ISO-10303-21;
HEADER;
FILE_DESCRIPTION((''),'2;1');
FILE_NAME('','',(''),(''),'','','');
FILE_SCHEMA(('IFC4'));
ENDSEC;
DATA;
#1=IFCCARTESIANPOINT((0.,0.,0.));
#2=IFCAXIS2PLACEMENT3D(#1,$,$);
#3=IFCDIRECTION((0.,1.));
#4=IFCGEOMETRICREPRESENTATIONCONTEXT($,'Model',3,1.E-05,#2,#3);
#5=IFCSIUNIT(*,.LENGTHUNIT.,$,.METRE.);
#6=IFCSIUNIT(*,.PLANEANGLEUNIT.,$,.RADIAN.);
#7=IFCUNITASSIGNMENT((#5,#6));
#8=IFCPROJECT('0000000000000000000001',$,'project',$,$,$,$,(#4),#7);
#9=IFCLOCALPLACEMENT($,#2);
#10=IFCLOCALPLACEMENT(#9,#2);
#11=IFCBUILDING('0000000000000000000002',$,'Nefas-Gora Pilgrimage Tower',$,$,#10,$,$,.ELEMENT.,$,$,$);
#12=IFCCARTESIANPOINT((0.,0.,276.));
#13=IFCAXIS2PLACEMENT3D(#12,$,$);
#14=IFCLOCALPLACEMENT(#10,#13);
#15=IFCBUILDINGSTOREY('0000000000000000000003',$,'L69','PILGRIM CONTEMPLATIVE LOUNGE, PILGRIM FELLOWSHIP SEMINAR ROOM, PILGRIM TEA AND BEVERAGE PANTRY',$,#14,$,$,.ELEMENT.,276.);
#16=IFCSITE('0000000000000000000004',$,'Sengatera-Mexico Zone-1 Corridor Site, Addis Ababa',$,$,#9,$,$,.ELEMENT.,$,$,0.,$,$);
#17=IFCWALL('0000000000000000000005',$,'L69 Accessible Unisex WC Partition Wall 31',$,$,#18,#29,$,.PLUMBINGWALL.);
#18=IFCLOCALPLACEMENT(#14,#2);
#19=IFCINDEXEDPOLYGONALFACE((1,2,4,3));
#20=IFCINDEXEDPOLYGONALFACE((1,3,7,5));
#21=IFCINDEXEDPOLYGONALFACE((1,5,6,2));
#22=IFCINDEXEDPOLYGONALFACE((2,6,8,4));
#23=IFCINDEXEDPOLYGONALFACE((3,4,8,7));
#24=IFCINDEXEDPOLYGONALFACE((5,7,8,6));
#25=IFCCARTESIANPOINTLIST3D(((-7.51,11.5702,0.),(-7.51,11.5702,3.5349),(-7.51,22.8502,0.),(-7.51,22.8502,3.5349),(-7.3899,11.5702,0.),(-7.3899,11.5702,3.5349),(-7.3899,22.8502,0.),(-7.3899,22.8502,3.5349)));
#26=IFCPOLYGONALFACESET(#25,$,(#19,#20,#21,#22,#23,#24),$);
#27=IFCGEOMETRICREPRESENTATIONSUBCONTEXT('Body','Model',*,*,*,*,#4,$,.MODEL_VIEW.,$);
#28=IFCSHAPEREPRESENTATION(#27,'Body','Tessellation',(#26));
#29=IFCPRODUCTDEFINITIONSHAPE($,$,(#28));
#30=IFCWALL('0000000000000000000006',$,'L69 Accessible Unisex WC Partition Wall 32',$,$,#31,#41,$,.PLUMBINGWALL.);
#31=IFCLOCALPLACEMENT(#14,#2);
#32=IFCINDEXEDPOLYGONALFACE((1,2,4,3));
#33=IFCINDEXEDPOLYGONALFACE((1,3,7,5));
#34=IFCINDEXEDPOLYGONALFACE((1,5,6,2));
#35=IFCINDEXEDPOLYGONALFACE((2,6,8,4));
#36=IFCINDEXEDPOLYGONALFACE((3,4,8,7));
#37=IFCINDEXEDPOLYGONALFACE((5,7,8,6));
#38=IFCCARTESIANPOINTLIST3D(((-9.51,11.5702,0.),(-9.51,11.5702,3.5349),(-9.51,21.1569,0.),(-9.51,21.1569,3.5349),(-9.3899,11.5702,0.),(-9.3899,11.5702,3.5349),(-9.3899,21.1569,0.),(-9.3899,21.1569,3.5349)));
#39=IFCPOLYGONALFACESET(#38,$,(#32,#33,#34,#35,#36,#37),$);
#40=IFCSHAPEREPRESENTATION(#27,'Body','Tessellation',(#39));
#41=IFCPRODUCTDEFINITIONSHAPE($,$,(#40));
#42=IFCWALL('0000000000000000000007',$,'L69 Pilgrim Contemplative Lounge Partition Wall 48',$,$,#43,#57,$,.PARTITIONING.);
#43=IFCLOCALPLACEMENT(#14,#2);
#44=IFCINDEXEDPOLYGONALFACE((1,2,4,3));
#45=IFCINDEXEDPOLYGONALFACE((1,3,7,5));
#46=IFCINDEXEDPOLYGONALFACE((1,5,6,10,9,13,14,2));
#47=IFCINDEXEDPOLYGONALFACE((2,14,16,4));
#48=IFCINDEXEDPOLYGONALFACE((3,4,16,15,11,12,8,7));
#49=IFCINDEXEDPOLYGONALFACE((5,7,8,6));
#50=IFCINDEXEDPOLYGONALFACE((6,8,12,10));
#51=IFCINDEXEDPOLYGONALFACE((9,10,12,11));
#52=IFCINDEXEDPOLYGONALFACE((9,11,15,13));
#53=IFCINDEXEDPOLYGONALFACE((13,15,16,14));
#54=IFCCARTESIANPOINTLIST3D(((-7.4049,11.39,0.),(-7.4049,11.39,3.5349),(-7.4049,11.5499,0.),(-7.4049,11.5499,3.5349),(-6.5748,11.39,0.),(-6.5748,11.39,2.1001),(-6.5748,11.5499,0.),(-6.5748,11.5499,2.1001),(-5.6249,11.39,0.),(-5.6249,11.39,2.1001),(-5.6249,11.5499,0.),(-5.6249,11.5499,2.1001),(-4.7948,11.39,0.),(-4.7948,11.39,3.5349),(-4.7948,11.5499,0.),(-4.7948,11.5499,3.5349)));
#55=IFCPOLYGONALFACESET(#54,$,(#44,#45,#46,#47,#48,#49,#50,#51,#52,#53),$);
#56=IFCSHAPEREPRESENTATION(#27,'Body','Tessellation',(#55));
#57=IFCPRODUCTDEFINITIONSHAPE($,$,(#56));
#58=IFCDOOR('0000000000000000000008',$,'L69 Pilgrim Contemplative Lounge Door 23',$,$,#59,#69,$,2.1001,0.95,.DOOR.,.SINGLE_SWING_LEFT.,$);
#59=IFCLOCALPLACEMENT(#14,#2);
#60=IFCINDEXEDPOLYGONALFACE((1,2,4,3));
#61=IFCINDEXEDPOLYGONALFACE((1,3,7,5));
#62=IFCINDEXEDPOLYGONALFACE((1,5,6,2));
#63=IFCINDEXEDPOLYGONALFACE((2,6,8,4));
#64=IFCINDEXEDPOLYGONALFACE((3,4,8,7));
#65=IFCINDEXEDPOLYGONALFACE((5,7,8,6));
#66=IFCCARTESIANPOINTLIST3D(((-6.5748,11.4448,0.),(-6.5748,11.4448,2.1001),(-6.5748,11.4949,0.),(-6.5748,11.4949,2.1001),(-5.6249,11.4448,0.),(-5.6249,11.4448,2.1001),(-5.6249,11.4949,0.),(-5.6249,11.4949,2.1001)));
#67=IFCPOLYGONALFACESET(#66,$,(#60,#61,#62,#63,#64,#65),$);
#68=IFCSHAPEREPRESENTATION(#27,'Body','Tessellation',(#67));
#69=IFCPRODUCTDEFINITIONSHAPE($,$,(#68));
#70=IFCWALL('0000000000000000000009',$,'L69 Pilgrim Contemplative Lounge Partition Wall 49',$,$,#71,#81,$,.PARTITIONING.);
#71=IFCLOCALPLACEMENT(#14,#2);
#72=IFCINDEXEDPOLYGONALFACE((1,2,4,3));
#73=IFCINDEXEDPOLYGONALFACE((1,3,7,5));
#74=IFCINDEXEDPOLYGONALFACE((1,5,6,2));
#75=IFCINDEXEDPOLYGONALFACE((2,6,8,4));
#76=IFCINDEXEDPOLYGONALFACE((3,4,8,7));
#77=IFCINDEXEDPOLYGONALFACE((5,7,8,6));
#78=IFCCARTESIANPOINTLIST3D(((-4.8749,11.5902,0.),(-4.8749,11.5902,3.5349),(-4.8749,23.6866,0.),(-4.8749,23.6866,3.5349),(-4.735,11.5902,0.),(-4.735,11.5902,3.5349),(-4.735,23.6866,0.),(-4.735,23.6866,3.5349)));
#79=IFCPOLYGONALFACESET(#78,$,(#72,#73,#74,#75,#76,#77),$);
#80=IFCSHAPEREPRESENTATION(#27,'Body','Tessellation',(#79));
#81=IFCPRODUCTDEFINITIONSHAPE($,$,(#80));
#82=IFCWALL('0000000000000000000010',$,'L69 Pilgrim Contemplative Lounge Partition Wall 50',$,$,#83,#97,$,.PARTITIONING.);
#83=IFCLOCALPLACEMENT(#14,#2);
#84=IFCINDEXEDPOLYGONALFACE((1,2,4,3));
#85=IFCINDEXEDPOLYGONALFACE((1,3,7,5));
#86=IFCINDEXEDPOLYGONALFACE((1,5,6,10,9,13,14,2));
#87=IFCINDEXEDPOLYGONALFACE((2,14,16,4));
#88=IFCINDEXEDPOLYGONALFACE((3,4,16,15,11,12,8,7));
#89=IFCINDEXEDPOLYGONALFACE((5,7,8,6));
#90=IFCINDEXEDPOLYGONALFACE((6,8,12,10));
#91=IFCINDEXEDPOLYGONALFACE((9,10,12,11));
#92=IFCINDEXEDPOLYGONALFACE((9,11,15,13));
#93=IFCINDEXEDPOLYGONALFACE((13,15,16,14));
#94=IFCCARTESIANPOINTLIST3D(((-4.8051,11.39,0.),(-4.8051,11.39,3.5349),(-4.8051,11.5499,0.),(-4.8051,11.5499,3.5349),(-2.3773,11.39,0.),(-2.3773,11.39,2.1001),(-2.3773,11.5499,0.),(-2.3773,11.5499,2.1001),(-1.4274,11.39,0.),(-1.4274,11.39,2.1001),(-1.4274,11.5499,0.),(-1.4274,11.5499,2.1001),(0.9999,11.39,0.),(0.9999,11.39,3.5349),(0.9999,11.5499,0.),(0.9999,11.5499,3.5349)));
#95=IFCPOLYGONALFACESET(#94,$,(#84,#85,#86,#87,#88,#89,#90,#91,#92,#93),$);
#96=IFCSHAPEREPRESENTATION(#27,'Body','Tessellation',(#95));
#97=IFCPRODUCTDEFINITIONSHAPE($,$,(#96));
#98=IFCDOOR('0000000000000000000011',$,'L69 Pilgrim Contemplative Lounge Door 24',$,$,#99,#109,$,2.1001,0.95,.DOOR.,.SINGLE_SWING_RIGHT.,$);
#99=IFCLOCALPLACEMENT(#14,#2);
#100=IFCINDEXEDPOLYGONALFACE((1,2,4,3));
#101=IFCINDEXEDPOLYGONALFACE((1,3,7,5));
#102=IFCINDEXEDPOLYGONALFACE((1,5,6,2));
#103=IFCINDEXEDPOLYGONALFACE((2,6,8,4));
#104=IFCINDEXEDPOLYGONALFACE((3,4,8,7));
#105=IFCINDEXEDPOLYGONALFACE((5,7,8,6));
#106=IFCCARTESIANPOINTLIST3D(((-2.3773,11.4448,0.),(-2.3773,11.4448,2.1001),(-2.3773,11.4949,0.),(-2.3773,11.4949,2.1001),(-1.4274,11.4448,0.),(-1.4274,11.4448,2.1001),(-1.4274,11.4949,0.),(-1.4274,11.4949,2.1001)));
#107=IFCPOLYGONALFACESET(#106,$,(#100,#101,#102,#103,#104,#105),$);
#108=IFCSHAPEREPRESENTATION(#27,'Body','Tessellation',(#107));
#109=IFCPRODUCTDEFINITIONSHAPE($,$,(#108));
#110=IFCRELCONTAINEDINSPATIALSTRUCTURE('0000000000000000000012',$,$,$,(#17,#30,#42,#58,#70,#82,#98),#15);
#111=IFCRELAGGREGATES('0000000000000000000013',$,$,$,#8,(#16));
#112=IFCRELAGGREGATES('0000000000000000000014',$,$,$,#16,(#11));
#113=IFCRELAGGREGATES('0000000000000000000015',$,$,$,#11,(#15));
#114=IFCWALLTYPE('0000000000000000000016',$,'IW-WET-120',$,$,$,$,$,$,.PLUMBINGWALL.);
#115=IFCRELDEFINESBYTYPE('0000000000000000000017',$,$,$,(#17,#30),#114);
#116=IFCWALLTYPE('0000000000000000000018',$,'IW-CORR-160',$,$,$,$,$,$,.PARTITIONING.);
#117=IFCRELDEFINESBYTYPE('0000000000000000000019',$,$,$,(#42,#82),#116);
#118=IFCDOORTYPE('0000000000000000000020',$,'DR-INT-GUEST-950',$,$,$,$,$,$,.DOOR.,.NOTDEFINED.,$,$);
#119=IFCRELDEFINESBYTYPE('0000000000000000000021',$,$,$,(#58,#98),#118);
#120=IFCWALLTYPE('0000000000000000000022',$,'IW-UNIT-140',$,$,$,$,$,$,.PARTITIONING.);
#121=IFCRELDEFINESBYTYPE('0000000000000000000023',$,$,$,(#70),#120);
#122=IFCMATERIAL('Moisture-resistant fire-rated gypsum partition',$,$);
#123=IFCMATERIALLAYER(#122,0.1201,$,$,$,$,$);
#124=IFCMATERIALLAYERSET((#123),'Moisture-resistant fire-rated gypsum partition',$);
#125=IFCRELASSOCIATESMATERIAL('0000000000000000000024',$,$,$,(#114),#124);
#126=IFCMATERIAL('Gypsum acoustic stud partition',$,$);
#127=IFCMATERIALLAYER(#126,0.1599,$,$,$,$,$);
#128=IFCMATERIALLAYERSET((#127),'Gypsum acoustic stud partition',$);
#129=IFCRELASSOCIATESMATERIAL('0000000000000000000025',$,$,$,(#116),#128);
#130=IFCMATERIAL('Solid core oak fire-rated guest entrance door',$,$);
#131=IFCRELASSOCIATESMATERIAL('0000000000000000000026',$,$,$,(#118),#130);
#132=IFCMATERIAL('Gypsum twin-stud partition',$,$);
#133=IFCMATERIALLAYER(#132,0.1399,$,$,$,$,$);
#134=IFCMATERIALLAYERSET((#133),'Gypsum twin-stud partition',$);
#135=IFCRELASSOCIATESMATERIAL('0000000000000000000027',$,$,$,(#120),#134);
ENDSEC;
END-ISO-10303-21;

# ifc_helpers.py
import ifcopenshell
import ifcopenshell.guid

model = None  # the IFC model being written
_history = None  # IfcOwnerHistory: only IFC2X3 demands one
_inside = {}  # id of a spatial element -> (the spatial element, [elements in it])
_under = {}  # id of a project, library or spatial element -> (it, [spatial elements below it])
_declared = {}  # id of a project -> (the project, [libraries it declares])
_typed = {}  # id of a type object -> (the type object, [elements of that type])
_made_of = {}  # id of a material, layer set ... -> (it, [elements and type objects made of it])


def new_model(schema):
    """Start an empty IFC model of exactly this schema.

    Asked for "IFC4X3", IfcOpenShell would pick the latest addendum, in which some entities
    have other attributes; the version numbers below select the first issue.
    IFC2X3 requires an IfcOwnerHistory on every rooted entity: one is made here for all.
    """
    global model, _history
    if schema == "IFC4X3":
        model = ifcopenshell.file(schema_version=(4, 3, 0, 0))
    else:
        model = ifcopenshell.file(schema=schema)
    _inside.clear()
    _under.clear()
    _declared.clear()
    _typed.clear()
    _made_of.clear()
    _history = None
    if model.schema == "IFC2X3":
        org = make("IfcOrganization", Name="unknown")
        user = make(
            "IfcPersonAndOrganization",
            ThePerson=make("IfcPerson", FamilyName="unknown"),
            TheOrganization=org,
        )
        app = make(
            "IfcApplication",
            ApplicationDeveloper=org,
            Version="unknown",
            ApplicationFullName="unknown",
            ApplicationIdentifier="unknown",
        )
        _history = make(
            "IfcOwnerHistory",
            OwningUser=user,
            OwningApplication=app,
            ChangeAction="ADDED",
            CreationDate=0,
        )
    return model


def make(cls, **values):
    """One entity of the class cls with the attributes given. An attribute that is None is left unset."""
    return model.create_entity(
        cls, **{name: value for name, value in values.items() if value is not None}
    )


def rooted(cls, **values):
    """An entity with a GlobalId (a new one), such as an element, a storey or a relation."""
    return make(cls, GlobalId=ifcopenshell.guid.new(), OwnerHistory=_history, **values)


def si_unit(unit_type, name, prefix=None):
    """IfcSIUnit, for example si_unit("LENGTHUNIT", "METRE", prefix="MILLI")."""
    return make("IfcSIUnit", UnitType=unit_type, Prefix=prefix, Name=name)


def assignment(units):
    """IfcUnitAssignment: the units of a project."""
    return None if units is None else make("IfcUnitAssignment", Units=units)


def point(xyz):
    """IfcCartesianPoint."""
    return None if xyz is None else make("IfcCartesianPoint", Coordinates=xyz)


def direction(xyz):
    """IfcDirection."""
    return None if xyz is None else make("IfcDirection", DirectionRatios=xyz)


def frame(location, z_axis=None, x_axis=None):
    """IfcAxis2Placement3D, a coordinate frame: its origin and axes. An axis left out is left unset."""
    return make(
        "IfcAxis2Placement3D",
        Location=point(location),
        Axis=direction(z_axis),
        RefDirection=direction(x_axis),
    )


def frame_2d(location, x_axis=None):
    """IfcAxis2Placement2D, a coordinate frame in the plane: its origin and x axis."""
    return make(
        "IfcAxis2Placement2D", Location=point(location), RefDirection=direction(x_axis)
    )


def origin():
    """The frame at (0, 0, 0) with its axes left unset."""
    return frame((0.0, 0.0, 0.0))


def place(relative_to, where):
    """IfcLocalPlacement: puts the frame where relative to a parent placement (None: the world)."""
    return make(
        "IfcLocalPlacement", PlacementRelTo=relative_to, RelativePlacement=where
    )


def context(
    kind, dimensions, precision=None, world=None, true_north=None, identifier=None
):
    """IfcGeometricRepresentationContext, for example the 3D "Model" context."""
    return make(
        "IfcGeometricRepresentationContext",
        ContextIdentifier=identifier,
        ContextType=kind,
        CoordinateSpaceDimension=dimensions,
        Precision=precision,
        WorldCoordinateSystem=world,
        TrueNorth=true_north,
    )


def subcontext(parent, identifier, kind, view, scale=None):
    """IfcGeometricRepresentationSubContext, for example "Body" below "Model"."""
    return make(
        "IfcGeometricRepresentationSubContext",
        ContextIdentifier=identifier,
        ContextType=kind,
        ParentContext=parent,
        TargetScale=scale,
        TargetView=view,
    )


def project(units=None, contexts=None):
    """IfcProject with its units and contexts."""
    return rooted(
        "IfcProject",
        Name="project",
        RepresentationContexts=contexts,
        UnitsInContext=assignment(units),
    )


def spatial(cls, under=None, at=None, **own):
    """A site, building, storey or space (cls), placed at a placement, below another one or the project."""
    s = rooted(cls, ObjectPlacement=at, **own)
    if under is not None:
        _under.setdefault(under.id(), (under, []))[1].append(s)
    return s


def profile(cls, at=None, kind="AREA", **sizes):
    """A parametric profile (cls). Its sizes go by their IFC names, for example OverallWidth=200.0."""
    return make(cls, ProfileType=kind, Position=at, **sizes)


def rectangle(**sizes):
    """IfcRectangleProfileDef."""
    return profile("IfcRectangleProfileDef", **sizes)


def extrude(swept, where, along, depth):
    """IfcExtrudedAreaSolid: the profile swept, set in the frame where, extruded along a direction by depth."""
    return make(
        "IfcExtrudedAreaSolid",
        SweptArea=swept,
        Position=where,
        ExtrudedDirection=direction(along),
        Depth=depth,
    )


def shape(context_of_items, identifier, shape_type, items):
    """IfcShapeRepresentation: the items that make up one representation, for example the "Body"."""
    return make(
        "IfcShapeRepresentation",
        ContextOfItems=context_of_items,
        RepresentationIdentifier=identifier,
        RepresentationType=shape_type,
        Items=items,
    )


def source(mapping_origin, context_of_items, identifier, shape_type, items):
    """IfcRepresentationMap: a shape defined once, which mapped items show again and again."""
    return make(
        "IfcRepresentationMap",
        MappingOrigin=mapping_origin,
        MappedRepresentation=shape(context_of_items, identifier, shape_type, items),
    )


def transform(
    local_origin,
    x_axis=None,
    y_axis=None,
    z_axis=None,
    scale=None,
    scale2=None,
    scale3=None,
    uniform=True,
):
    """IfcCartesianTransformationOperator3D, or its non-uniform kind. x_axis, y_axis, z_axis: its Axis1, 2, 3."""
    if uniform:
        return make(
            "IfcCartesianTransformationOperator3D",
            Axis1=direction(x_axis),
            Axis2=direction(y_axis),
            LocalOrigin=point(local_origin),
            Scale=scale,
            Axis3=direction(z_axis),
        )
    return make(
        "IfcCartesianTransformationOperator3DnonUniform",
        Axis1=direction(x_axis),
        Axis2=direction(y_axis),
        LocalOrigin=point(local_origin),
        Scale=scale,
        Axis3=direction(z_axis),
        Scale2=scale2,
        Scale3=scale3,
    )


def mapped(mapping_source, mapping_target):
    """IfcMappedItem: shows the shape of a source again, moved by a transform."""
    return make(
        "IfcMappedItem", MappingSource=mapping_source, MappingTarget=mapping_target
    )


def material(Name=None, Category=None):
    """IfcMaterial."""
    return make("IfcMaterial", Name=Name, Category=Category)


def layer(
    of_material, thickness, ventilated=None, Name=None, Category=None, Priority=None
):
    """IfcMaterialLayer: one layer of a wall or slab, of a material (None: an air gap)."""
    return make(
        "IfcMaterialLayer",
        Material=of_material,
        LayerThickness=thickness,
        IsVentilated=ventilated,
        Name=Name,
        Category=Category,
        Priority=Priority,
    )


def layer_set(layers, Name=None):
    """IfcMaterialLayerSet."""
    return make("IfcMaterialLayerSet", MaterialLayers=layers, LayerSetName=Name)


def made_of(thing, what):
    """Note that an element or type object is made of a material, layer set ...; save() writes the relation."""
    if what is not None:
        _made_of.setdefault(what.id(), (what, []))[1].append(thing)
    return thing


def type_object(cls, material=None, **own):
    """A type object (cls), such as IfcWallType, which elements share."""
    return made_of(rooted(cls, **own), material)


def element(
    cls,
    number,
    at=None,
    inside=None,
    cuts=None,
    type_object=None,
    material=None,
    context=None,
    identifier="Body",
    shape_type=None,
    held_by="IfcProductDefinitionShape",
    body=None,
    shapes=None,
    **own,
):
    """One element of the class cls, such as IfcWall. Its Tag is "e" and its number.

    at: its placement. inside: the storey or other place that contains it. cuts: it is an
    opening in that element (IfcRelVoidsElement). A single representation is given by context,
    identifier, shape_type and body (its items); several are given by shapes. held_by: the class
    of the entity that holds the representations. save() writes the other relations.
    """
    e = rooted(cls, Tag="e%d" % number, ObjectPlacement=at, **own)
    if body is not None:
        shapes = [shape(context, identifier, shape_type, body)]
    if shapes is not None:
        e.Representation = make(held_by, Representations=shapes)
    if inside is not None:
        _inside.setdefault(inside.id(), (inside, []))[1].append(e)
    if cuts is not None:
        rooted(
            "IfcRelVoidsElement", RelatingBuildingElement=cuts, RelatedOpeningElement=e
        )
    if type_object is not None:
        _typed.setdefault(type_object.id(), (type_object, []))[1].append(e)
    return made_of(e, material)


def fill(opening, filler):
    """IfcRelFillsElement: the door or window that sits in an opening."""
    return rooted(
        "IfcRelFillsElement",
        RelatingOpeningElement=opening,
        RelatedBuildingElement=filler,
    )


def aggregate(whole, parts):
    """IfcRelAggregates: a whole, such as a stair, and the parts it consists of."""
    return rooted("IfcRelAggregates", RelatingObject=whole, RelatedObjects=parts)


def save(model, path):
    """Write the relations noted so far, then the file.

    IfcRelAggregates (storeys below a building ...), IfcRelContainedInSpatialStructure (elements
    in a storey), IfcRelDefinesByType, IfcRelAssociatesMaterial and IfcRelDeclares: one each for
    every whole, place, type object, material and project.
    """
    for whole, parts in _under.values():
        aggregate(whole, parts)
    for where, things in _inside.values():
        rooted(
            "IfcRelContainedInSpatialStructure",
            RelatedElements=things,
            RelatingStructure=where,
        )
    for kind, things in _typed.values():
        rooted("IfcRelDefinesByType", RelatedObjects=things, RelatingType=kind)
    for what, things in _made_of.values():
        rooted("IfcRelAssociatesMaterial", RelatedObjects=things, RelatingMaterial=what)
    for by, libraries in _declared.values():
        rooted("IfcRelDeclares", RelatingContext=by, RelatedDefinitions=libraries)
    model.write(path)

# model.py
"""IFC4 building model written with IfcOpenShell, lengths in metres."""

from ifc_helpers import new_model, si_unit, direction, frame, frame_2d, origin, place, context, subcontext, project, spatial, rectangle, extrude, source, transform, mapped, material, layer, layer_set, type_object, element, fill, save


model = new_model("IFC4")

# Units and contexts
model_context = context("Model", 3, precision=1e-05, world=origin(), true_north=direction((0.0, 1.0)))
body_context = subcontext(model_context, "Body", "Model", "MODEL_VIEW")
ifc_project = project(units=[si_unit("LENGTHUNIT", "METRE"), si_unit("PLANEANGLEUNIT", "RADIAN")], contexts=[model_context])

# Site, building, storey
site_placement = place(None, origin())
site = spatial("IfcSite", under=ifc_project, at=site_placement, Name="Sengatera-Mexico Zone-1 Corridor Site, Addis Ababa", CompositionType="ELEMENT", RefElevation=0.0)
building_placement = place(site_placement, origin())
building = spatial("IfcBuilding", under=site, at=building_placement, Name="Nefas-Gora Pilgrimage Tower", CompositionType="ELEMENT")
storey_placement = place(building_placement, frame((0.0, 0.0, 276.0)))
storey = spatial("IfcBuildingStorey", under=building, at=storey_placement, Name="L69", Description="PILGRIM CONTEMPLATIVE LOUNGE, PILGRIM FELLOWSHIP SEMINAR ROOM, PILGRIM TEA AND BEVERAGE PANTRY", CompositionType="ELEMENT", Elevation=276.0)

# Shared definitions
ifc_material_1 = material(Name="Moisture-resistant fire-rated gypsum partition")
ifc_layer_1 = layer(ifc_material_1, 0.1201)
ifc_layer_set_1 = layer_set([ifc_layer_1], Name="Moisture-resistant fire-rated gypsum partition")
wall_type_1 = type_object("IfcWallType", Name="IW-WET-120", PredefinedType="PLUMBINGWALL", material=ifc_layer_set_1)

# Walls
shared_shape_1 = source(origin(), body_context, "Body", "SweptSolid", [
    extrude(rectangle(XDim=11.28, YDim=0.1201, at=frame_2d((5.6401, 0.0))), origin(), (0.0, 0.0, 1.0), 3.5349),
])
wall_1_placement = place(storey_placement, frame((-7.45, 11.5701, 0.0), z_axis=(0.0, 0.0, 1.0), x_axis=(0.0, 1.0, 0.0)))
element("IfcWall", 1, at=wall_1_placement, inside=storey, type_object=wall_type_1, Name="L69 Accessible Unisex WC Partition Wall 31", PredefinedType="PLUMBINGWALL", context=body_context, shape_type="MappedRepresentation", body=[
    mapped(shared_shape_1, transform((0.0, 0.0, 0.0), x_axis=(1.0, 0.0, 0.0), y_axis=(0.0, 1.0, 0.0), z_axis=(0.0, 0.0, 1.0), scale=1.0)),
])
shared_shape_2 = source(origin(), body_context, "Body", "SweptSolid", [
    extrude(rectangle(XDim=9.5867, YDim=0.1201, at=frame_2d((4.7935, 0.0))), origin(), (0.0, 0.0, 1.0), 3.5349),
])
wall_2_placement = place(storey_placement, frame((-9.45, 11.5701, 0.0), z_axis=(0.0, 0.0, 1.0), x_axis=(0.0, 1.0, 0.0)))
element("IfcWall", 2, at=wall_2_placement, inside=storey, type_object=wall_type_1, Name="L69 Accessible Unisex WC Partition Wall 32", PredefinedType="PLUMBINGWALL", context=body_context, shape_type="MappedRepresentation", body=[
    mapped(shared_shape_2, transform((0.0, 0.0, 0.0), x_axis=(1.0, 0.0, 0.0), y_axis=(0.0, 1.0, 0.0), z_axis=(0.0, 0.0, 1.0), scale=1.0)),
])

# Wall, opening, door
ifc_material_2 = material(Name="Gypsum acoustic stud partition")
ifc_layer_2 = layer(ifc_material_2, 0.1599)
ifc_layer_set_2 = layer_set([ifc_layer_2], Name="Gypsum acoustic stud partition")
wall_type_2 = type_object("IfcWallType", Name="IW-CORR-160", PredefinedType="PARTITIONING", material=ifc_layer_set_2)
shared_shape_3 = source(origin(), body_context, "Body", "SweptSolid", [
    extrude(rectangle(XDim=2.6101, YDim=0.1599, at=frame_2d((1.3052, 0.0))), origin(), (0.0, 0.0, 1.0), 3.5349),
])
wall_3_placement = place(storey_placement, frame((-7.405, 11.47, 0.0), z_axis=(0.0, 0.0, 1.0), x_axis=(1.0, 0.0, 0.0)))
wall_3 = element("IfcWall", 3, at=wall_3_placement, inside=storey, type_object=wall_type_2, Name="L69 Pilgrim Contemplative Lounge Partition Wall 48", PredefinedType="PARTITIONING", context=body_context, shape_type="MappedRepresentation", body=[
    mapped(shared_shape_3, transform((0.0, 0.0, 0.0), x_axis=(1.0, 0.0, 0.0), y_axis=(0.0, 1.0, 0.0), z_axis=(0.0, 0.0, 1.0), scale=1.0)),
])
opening_1_placement = place(wall_3_placement, frame((0.8301, 0.0, 0.0)))
opening_1 = element("IfcOpeningElement", 4, at=opening_1_placement, cuts=wall_3, PredefinedType="OPENING", context=body_context, shape_type="SweptSolid", body=[
    extrude(rectangle(XDim=0.95, YDim=2.1001, at=frame_2d((0.4751, 1.05))), frame((0.0, 0.0898, 0.0), z_axis=(0.0, -1.0, 0.0), x_axis=(1.0, 0.0, 0.0)), (0.0, 0.0, 1.0), 0.1799),
])
ifc_material_3 = material(Name="Solid core oak fire-rated guest entrance door")
door_type_1 = type_object("IfcDoorType", Name="DR-INT-GUEST-950", OperationType="NOTDEFINED", PredefinedType="DOOR", material=ifc_material_3)
shared_shape_4 = source(origin(), body_context, "Body", "SweptSolid", [
    extrude(rectangle(XDim=0.95, YDim=2.1001, at=frame_2d((0.4751, 1.05))), frame((0.0, 0.0249, 0.0), z_axis=(0.0, -1.0, 0.0), x_axis=(1.0, 0.0, 0.0)), (0.0, 0.0, 1.0), 0.05),
])
door_1_placement = place(opening_1_placement, origin())
door_1 = element("IfcDoor", 5, at=door_1_placement, inside=storey, type_object=door_type_1, Name="L69 Pilgrim Contemplative Lounge Door 23", OperationType="SINGLE_SWING_LEFT", OverallHeight=2.1001, OverallWidth=0.95, PredefinedType="DOOR", context=body_context, shape_type="MappedRepresentation", body=[
    mapped(shared_shape_4, transform((0.0, 0.0, 0.0), x_axis=(1.0, 0.0, 0.0), y_axis=(0.0, 1.0, 0.0), z_axis=(0.0, 0.0, 1.0), scale=1.0)),
])
fill(opening_1, door_1)

# Wall
ifc_material_4 = material(Name="Gypsum twin-stud partition")
ifc_layer_3 = layer(ifc_material_4, 0.1399)
ifc_layer_set_3 = layer_set([ifc_layer_3], Name="Gypsum twin-stud partition")
wall_type_3 = type_object("IfcWallType", Name="IW-UNIT-140", PredefinedType="PARTITIONING", material=ifc_layer_set_3)
shared_shape_5 = source(origin(), body_context, "Body", "SweptSolid", [
    extrude(rectangle(XDim=12.0964, YDim=0.1399, at=frame_2d((6.0483, 0.0))), origin(), (0.0, 0.0, 1.0), 3.5349),
])
wall_4_placement = place(storey_placement, frame((-4.8049, 11.5901, 0.0), z_axis=(0.0, 0.0, 1.0), x_axis=(0.0, 1.0, 0.0)))
element("IfcWall", 6, at=wall_4_placement, inside=storey, type_object=wall_type_3, Name="L69 Pilgrim Contemplative Lounge Partition Wall 49", PredefinedType="PARTITIONING", context=body_context, shape_type="MappedRepresentation", body=[
    mapped(shared_shape_5, transform((0.0, 0.0, 0.0), x_axis=(1.0, 0.0, 0.0), y_axis=(0.0, 1.0, 0.0), z_axis=(0.0, 0.0, 1.0), scale=1.0)),
])

# Wall, opening, door
shared_shape_6 = source(origin(), body_context, "Body", "SweptSolid", [
    extrude(rectangle(XDim=5.8049, YDim=0.1599, at=frame_2d((2.9023, 0.0))), origin(), (0.0, 0.0, 1.0), 3.5349),
])
wall_5_placement = place(storey_placement, frame((-4.8049, 11.47, 0.0), z_axis=(0.0, 0.0, 1.0), x_axis=(1.0, 0.0, 0.0)))
wall_5 = element("IfcWall", 7, at=wall_5_placement, inside=storey, type_object=wall_type_2, Name="L69 Pilgrim Contemplative Lounge Partition Wall 50", PredefinedType="PARTITIONING", context=body_context, shape_type="MappedRepresentation", body=[
    mapped(shared_shape_6, transform((0.0, 0.0, 0.0), x_axis=(1.0, 0.0, 0.0), y_axis=(0.0, 1.0, 0.0), z_axis=(0.0, 0.0, 1.0), scale=1.0)),
])
opening_2_placement = place(wall_5_placement, frame((2.4275, 0.0, 0.0)))
opening_2 = element("IfcOpeningElement", 8, at=opening_2_placement, cuts=wall_5, PredefinedType="OPENING", context=body_context, shape_type="SweptSolid", body=[
    extrude(rectangle(XDim=0.95, YDim=2.1001, at=frame_2d((0.4751, 1.05))), frame((0.0, 0.0898, 0.0), z_axis=(0.0, -1.0, 0.0), x_axis=(1.0, 0.0, 0.0)), (0.0, 0.0, 1.0), 0.1799),
])
door_2_placement = place(opening_2_placement, origin())
door_2 = element("IfcDoor", 9, at=door_2_placement, inside=storey, type_object=door_type_1, Name="L69 Pilgrim Contemplative Lounge Door 24", OperationType="SINGLE_SWING_RIGHT", OverallHeight=2.1001, OverallWidth=0.95, PredefinedType="DOOR", context=body_context, shape_type="MappedRepresentation", body=[
    mapped(shared_shape_4, transform((0.0, 0.0, 0.0), x_axis=(1.0, 0.0, 0.0), y_axis=(0.0, 1.0, 0.0), z_axis=(0.0, 0.0, 1.0), scale=1.0)),
])
fill(opening_2, door_2)

save(model, "model.ifc")
